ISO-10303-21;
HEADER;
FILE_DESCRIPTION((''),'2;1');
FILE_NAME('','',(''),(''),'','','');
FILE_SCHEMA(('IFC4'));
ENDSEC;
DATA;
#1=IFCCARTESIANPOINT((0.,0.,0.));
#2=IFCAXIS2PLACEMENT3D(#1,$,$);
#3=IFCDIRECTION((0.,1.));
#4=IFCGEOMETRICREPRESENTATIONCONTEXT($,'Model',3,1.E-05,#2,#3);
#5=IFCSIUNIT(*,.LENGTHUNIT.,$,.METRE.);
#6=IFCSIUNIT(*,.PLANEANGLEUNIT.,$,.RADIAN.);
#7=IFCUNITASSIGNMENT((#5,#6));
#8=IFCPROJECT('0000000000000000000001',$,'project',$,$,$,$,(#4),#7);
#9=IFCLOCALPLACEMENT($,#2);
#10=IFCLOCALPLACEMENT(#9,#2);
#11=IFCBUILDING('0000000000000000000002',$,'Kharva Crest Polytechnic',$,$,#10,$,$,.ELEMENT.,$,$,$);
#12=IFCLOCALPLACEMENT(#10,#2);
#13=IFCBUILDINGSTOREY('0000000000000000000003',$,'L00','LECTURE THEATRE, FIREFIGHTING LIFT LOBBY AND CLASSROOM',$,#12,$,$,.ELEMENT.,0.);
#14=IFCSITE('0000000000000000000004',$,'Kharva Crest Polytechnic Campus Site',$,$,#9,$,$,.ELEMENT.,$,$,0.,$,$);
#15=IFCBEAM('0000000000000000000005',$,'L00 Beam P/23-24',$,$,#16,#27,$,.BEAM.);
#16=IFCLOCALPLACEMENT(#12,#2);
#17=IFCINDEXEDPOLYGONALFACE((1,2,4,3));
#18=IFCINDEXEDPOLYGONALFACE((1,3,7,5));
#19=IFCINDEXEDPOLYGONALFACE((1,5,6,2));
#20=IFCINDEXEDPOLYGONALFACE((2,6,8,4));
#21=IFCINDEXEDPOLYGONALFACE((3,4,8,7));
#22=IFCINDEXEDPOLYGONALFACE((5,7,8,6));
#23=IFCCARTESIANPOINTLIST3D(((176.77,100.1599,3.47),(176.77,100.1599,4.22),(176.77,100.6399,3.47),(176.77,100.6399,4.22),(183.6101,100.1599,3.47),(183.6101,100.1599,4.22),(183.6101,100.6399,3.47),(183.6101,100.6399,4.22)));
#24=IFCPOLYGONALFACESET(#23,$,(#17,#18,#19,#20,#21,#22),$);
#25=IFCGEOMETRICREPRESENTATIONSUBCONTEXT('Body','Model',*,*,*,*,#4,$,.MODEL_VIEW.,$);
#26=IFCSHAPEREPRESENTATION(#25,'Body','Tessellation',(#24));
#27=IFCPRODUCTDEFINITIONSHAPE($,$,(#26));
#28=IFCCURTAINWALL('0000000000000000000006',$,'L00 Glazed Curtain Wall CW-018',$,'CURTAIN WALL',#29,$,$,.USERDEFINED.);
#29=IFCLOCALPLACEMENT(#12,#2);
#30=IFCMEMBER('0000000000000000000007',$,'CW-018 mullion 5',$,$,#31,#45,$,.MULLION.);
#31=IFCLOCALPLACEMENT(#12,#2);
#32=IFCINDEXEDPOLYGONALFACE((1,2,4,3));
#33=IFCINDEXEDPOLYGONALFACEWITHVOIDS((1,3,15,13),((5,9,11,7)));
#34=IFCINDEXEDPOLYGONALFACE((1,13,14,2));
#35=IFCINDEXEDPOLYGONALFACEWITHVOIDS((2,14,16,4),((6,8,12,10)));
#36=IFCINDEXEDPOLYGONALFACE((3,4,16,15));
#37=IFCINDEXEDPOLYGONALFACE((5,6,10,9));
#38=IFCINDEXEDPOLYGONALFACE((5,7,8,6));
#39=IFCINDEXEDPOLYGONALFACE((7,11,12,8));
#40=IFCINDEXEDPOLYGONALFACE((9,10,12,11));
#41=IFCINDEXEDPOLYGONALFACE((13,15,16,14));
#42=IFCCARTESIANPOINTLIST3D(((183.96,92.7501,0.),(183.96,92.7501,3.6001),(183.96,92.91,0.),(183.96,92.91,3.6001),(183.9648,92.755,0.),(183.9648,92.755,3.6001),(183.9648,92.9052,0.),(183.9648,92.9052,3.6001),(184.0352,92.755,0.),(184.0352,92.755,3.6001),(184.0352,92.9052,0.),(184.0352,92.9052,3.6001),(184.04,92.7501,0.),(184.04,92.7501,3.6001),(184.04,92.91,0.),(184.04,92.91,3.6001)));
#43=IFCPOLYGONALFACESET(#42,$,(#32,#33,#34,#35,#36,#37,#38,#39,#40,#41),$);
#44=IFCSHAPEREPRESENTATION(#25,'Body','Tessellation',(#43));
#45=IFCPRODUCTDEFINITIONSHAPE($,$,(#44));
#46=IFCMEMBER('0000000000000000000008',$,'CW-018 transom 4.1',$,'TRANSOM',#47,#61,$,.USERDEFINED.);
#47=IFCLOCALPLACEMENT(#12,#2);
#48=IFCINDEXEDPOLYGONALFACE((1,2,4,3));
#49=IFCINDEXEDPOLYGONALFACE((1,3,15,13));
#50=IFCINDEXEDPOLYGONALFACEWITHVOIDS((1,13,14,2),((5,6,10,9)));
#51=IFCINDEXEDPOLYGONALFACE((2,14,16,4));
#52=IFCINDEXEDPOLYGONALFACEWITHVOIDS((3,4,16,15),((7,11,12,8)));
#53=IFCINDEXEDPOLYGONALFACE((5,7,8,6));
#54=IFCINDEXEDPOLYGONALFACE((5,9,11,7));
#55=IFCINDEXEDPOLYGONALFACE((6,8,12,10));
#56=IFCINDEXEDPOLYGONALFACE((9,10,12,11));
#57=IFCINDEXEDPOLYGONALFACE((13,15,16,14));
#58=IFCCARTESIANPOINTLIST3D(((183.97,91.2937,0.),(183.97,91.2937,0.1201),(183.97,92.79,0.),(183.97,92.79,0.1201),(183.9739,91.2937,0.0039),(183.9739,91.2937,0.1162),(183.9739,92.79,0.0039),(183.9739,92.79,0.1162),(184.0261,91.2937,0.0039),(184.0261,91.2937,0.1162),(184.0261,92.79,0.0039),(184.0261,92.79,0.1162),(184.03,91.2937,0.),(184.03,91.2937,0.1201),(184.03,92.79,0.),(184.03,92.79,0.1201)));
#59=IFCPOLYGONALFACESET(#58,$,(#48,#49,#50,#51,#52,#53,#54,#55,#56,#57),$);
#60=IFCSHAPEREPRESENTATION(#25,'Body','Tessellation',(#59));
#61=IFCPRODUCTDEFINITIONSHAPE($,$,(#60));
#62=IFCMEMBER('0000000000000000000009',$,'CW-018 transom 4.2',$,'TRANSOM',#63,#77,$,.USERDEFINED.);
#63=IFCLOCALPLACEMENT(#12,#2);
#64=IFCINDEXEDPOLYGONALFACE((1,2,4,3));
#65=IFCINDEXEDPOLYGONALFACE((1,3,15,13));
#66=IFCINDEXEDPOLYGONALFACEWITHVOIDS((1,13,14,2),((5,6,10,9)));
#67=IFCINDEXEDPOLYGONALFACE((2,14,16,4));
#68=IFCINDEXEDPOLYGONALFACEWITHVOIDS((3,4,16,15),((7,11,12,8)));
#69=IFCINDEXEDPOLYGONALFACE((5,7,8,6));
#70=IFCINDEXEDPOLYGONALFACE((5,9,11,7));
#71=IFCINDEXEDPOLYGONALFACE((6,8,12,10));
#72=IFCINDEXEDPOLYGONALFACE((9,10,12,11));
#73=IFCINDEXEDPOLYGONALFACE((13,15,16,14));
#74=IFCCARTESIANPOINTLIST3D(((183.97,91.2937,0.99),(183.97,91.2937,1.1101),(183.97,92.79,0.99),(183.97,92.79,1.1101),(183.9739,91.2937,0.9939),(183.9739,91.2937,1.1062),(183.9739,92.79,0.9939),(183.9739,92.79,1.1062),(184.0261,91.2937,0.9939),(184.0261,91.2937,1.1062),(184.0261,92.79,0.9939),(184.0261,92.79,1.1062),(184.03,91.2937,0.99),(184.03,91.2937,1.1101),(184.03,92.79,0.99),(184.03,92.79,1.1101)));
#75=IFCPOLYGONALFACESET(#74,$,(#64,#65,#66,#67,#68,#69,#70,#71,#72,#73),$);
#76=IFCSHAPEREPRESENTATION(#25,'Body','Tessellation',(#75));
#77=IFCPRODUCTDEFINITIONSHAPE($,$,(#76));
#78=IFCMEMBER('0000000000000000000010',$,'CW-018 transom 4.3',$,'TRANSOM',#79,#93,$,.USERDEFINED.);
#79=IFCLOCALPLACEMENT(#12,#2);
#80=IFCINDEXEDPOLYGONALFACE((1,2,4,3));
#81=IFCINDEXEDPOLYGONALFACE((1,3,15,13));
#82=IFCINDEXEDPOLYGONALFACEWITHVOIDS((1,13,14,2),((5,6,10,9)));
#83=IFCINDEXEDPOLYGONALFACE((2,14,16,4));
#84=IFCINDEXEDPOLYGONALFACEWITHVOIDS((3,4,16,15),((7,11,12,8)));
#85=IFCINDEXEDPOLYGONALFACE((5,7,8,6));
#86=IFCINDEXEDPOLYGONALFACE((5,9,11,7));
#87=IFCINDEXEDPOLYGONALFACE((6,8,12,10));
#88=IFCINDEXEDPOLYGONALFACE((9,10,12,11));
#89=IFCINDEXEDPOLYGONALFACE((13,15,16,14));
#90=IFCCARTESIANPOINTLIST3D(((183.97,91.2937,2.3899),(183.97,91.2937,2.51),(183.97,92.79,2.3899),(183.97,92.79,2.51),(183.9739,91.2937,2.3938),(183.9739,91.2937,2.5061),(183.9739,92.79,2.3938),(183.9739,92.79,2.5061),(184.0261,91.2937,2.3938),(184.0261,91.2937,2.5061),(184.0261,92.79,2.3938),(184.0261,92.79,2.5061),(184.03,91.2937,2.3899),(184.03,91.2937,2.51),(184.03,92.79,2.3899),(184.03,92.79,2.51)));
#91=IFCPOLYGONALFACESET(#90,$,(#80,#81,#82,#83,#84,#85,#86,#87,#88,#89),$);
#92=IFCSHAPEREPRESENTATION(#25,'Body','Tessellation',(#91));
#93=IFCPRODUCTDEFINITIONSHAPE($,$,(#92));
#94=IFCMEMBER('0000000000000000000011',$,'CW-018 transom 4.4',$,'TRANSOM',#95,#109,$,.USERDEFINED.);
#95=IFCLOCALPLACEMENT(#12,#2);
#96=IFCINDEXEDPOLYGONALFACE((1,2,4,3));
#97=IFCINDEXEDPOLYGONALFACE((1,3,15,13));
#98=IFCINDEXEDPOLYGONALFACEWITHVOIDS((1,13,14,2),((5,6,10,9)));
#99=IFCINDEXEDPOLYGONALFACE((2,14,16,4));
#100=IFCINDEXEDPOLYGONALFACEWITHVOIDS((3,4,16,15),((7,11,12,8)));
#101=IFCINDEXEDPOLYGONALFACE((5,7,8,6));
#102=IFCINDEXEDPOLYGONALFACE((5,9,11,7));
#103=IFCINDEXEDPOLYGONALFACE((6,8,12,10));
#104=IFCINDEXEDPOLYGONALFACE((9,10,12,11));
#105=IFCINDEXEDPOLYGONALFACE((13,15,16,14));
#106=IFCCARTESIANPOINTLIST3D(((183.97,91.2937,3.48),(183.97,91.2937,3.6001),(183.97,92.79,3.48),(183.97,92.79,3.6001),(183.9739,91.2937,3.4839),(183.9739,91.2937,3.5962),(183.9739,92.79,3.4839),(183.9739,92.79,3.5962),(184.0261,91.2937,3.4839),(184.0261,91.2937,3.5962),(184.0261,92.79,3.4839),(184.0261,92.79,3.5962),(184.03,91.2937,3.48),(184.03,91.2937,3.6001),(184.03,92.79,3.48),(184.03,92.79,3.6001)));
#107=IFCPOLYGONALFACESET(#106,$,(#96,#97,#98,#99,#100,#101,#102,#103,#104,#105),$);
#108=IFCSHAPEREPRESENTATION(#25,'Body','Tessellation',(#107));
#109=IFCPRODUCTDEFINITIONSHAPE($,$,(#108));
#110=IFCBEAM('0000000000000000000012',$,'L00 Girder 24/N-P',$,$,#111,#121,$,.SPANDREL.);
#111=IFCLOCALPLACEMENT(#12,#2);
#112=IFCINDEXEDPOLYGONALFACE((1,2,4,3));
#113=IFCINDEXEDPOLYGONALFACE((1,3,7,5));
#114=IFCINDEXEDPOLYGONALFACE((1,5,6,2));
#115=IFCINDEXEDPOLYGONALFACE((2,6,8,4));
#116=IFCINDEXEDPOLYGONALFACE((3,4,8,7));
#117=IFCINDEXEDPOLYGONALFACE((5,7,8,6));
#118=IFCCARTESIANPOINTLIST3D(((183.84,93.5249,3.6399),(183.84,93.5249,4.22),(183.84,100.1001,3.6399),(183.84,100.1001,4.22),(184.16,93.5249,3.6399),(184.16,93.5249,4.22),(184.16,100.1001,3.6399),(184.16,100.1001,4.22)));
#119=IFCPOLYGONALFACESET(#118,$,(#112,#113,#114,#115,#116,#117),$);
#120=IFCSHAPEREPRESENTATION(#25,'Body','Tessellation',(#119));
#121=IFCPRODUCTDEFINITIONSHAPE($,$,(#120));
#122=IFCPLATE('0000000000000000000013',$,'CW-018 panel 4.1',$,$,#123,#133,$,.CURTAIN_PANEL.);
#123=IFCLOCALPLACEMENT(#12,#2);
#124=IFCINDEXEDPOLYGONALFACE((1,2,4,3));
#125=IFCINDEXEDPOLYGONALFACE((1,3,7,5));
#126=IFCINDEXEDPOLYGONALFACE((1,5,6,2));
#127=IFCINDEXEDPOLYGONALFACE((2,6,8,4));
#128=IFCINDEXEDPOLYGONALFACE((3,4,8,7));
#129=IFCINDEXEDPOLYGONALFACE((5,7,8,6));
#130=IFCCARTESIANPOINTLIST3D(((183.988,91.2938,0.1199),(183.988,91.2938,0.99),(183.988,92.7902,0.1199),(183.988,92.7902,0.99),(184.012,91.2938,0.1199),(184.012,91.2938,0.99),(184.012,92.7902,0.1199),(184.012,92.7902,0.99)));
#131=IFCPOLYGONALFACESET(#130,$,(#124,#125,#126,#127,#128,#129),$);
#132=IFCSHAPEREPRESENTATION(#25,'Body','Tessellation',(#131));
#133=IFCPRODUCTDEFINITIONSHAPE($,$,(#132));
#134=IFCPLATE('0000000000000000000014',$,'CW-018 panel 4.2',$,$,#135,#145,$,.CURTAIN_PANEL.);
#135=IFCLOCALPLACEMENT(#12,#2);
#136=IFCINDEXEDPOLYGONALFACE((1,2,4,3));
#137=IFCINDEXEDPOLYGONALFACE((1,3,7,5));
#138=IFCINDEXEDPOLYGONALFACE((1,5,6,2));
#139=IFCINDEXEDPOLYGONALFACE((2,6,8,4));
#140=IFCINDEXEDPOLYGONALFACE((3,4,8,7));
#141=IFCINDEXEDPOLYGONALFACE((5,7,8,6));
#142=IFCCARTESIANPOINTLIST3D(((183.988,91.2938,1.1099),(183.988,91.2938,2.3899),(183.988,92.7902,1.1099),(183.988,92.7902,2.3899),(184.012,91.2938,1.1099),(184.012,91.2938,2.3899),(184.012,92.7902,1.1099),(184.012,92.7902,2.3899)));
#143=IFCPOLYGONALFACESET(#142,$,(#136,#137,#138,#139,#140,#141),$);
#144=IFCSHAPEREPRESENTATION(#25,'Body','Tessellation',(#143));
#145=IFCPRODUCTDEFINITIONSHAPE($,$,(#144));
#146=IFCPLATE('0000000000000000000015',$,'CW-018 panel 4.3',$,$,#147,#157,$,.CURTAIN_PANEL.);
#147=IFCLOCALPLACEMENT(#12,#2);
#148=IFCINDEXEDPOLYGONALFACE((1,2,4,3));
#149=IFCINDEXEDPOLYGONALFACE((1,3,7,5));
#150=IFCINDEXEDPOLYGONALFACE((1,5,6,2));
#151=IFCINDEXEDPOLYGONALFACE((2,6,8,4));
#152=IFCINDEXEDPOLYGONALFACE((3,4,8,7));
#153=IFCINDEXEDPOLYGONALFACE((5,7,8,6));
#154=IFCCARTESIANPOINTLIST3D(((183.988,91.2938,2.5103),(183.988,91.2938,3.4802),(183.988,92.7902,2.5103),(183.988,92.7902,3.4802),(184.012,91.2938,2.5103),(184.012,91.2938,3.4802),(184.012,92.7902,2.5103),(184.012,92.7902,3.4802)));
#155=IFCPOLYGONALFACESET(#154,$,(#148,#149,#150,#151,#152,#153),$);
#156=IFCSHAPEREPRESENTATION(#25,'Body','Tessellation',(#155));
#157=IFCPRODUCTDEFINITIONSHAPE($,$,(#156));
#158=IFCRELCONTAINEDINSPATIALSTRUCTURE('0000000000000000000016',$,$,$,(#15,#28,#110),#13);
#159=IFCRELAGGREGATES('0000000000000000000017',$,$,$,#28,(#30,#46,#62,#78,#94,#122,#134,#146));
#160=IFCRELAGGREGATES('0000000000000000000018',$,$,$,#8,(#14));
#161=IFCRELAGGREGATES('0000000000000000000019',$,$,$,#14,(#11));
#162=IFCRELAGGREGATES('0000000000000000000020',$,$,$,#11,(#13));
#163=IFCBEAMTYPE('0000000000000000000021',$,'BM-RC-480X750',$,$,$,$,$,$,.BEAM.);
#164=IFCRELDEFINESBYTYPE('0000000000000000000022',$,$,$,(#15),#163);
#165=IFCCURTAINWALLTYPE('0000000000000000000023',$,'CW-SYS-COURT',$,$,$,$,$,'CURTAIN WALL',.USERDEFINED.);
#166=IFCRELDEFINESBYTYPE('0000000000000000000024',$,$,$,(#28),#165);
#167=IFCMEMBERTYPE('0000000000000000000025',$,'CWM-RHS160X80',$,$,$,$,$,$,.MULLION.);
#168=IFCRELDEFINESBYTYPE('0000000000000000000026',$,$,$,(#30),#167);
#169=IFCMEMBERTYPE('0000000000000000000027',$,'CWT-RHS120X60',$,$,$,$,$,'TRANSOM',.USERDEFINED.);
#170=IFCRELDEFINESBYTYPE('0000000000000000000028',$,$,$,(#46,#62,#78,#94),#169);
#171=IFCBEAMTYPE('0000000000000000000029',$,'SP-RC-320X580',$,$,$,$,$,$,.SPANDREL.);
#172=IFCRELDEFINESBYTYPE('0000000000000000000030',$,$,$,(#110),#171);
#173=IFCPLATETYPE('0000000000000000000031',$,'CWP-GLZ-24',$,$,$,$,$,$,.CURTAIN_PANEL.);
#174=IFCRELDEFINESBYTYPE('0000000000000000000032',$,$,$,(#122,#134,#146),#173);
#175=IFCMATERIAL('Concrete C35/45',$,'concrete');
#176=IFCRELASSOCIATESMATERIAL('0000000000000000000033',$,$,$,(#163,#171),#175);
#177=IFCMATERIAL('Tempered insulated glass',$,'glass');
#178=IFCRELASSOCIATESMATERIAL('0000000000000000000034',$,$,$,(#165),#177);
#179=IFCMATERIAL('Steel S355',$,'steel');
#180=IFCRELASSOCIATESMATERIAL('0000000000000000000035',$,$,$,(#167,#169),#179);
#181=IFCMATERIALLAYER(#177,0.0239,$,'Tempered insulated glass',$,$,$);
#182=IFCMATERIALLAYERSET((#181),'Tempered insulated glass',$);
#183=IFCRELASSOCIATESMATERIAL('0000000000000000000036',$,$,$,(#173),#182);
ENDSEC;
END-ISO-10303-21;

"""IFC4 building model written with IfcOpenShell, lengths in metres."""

from ifc_helpers import new_model, si_unit, direction, frame, origin, origin_2d, place, context, subcontext, project, spatial, rectangle, hollow_rectangle, extrude, material, layer, layer_set, material_profile, profile_set, type_object, element, aggregate, save


model = new_model("IFC4")

# Units and contexts
model_context = context("Model", 3, precision=1e-05, world=origin(), true_north=direction((0.0, 1.0)))
body_context = subcontext(model_context, "Body", "Model", "MODEL_VIEW")
ifc_project = project(units=[si_unit("LENGTHUNIT", "METRE"), si_unit("PLANEANGLEUNIT", "RADIAN")], contexts=[model_context])

# Site, building, storey
site_placement = place(None, origin())
site = spatial("IfcSite", under=ifc_project, at=site_placement, Name="Kharva Crest Polytechnic Campus Site", CompositionType="ELEMENT", RefElevation=0.0)
building_placement = place(site_placement, origin())
building = spatial("IfcBuilding", under=site, at=building_placement, Name="Kharva Crest Polytechnic", CompositionType="ELEMENT")
storey_placement = place(building_placement, origin())
storey = spatial("IfcBuildingStorey", under=building, at=storey_placement, Name="L00", Description="LECTURE THEATRE, FIREFIGHTING LIFT LOBBY AND CLASSROOM", CompositionType="ELEMENT", Elevation=0.0)

# Shared definitions
ifc_material_1 = material(Name="Concrete C35/45", Category="concrete")

# Beam
ifc_material_profile_1 = material_profile(ifc_material_1, rectangle(XDim=0.48, YDim=0.75, at=origin_2d()), Name="RECT 480 X 750")
ifc_profile_set_1 = profile_set([ifc_material_profile_1], Name="Concrete C35/45")
beam_type_1 = type_object("IfcBeamType", Name="BM-RC-480X750", PredefinedType="BEAM", material=ifc_profile_set_1)
beam_1_placement = place(storey_placement, frame((176.77, 100.3999, 3.845), z_axis=(1.0, 0.0, 0.0), x_axis=(0.0, 1.0, 0.0)))
element("IfcBeam", 1, at=beam_1_placement, inside=storey, type_object=beam_type_1, Name="L00 Beam P/23-24", PredefinedType="BEAM", context=body_context, shape_type="SweptSolid", body=[
    extrude(rectangle(XDim=0.48, YDim=0.75, at=origin_2d()), origin(), (0.0, 0.0, 1.0), 6.8401),
])

# Curtain wall, members
ifc_material_2 = material(Name="Tempered insulated glass", Category="glass")
curtain_wall_type = type_object("IfcCurtainWallType", Name="CW-SYS-COURT", ElementType="CURTAIN WALL", PredefinedType="USERDEFINED", material=ifc_material_2)
curtain_wall_placement = place(storey_placement, origin())
curtain_wall = element("IfcCurtainWall", 2, at=curtain_wall_placement, inside=storey, type_object=curtain_wall_type, Name="L00 Glazed Curtain Wall CW-018", ObjectType="CURTAIN WALL", PredefinedType="USERDEFINED")
ifc_material_3 = material(Name="Steel S355", Category="steel")
ifc_material_profile_2 = material_profile(ifc_material_3, hollow_rectangle(XDim=0.0801, YDim=0.1599, WallThickness=0.0049, at=origin_2d()), Name="RHS 160X80X5.0")
ifc_profile_set_2 = profile_set([ifc_material_profile_2], Name="Steel S355")
member_type_1 = type_object("IfcMemberType", Name="CWM-RHS160X80", PredefinedType="MULLION", material=ifc_profile_set_2)
member_1_placement = place(storey_placement, frame((184.0, 92.8301, 0.0), z_axis=(0.0, 0.0, 1.0), x_axis=(-1.0, 0.0, 0.0)))
member_1 = element("IfcMember", 3, at=member_1_placement, type_object=member_type_1, Name="CW-018 mullion 5", PredefinedType="MULLION", context=body_context, shape_type="SweptSolid", body=[
    extrude(hollow_rectangle(XDim=0.0801, YDim=0.1599, WallThickness=0.0049, at=origin_2d()), origin(), (0.0, 0.0, 1.0), 3.6001),
])
ifc_material_profile_3 = material_profile(ifc_material_3, hollow_rectangle(XDim=0.0601, YDim=0.1201, WallThickness=0.0039, at=origin_2d()), Name="RHS 120X60X4.0")
ifc_profile_set_3 = profile_set([ifc_material_profile_3], Name="Steel S355")
member_type_2 = type_object("IfcMemberType", Name="CWT-RHS120X60", ElementType="TRANSOM", PredefinedType="USERDEFINED", material=ifc_profile_set_3)
member_2_placement = place(storey_placement, frame((184.0, 91.2937, 0.0601), z_axis=(0.0, 1.0, 0.0), x_axis=(-1.0, 0.0, 0.0)))
member_2 = element("IfcMember", 4, at=member_2_placement, type_object=member_type_2, Name="CW-018 transom 4.1", ObjectType="TRANSOM", PredefinedType="USERDEFINED", context=body_context, shape_type="SweptSolid", body=[
    extrude(hollow_rectangle(XDim=0.0601, YDim=0.1201, WallThickness=0.0039, at=origin_2d()), origin(), (0.0, 0.0, 1.0), 1.4963),
])
member_3_placement = place(storey_placement, frame((184.0, 91.2937, 1.05), z_axis=(0.0, 1.0, 0.0), x_axis=(-1.0, 0.0, 0.0)))
member_3 = element("IfcMember", 5, at=member_3_placement, type_object=member_type_2, Name="CW-018 transom 4.2", ObjectType="TRANSOM", PredefinedType="USERDEFINED", context=body_context, shape_type="SweptSolid", body=[
    extrude(hollow_rectangle(XDim=0.0601, YDim=0.1201, WallThickness=0.0039, at=origin_2d()), origin(), (0.0, 0.0, 1.0), 1.4963),
])
member_4_placement = place(storey_placement, frame((184.0, 91.2937, 2.45), z_axis=(0.0, 1.0, 0.0), x_axis=(-1.0, 0.0, 0.0)))
member_4 = element("IfcMember", 6, at=member_4_placement, type_object=member_type_2, Name="CW-018 transom 4.3", ObjectType="TRANSOM", PredefinedType="USERDEFINED", context=body_context, shape_type="SweptSolid", body=[
    extrude(hollow_rectangle(XDim=0.0601, YDim=0.1201, WallThickness=0.0039, at=origin_2d()), origin(), (0.0, 0.0, 1.0), 1.4963),
])
member_5_placement = place(storey_placement, frame((184.0, 91.2937, 3.54), z_axis=(0.0, 1.0, 0.0), x_axis=(-1.0, 0.0, 0.0)))
member_5 = element("IfcMember", 7, at=member_5_placement, type_object=member_type_2, Name="CW-018 transom 4.4", ObjectType="TRANSOM", PredefinedType="USERDEFINED", context=body_context, shape_type="SweptSolid", body=[
    extrude(hollow_rectangle(XDim=0.0601, YDim=0.1201, WallThickness=0.0039, at=origin_2d()), origin(), (0.0, 0.0, 1.0), 1.4963),
])

# Beam
ifc_material_profile_4 = material_profile(ifc_material_1, rectangle(XDim=0.3201, YDim=0.5801, at=origin_2d()), Name="RECT 320 X 580")
ifc_profile_set_4 = profile_set([ifc_material_profile_4], Name="Concrete C35/45")
beam_type_2 = type_object("IfcBeamType", Name="SP-RC-320X580", PredefinedType="SPANDREL", material=ifc_profile_set_4)
beam_2_placement = place(storey_placement, frame((184.0, 93.5249, 3.9299), z_axis=(0.0, 1.0, 0.0), x_axis=(-1.0, 0.0, 0.0)))
element("IfcBeam", 8, at=beam_2_placement, inside=storey, type_object=beam_type_2, Name="L00 Girder 24/N-P", PredefinedType="SPANDREL", context=body_context, shape_type="SweptSolid", body=[
    extrude(rectangle(XDim=0.3201, YDim=0.5801, at=origin_2d()), origin(), (0.0, 0.0, 1.0), 6.5752),
])

# Plates
ifc_layer_1 = layer(ifc_material_2, 0.0239, Name="Tempered insulated glass")
ifc_layer_set_1 = layer_set([ifc_layer_1], Name="Tempered insulated glass")
plate_type = type_object("IfcPlateType", Name="CWP-GLZ-24", PredefinedType="CURTAIN_PANEL", material=ifc_layer_set_1)
plate_1_placement = place(storey_placement, frame((184.0, 92.042, 0.1199), z_axis=(0.0, 0.0, 1.0), x_axis=(0.0, 1.0, 0.0)))
plate_1 = element("IfcPlate", 9, at=plate_1_placement, type_object=plate_type, Name="CW-018 panel 4.1", PredefinedType="CURTAIN_PANEL", context=body_context, shape_type="SweptSolid", body=[
    extrude(rectangle(XDim=1.4963, YDim=0.0239, at=origin_2d()), origin(), (0.0, 0.0, 1.0), 0.8701),
])
plate_2_placement = place(storey_placement, frame((184.0, 92.042, 1.1099), z_axis=(0.0, 0.0, 1.0), x_axis=(0.0, 1.0, 0.0)))
plate_2 = element("IfcPlate", 10, at=plate_2_placement, type_object=plate_type, Name="CW-018 panel 4.2", PredefinedType="CURTAIN_PANEL", context=body_context, shape_type="SweptSolid", body=[
    extrude(rectangle(XDim=1.4963, YDim=0.0239, at=origin_2d()), origin(), (0.0, 0.0, 1.0), 1.28),
])
plate_3_placement = place(storey_placement, frame((184.0, 92.042, 2.5103), z_axis=(0.0, 0.0, 1.0), x_axis=(0.0, 1.0, 0.0)))
plate_3 = element("IfcPlate", 11, at=plate_3_placement, type_object=plate_type, Name="CW-018 panel 4.3", PredefinedType="CURTAIN_PANEL", context=body_context, shape_type="SweptSolid", body=[
    extrude(rectangle(XDim=1.4963, YDim=0.0239, at=origin_2d()), origin(), (0.0, 0.0, 1.0), 0.97),
])
aggregate(curtain_wall, [member_1, member_2, member_3, member_4, member_5, plate_1, plate_2, plate_3])

save(model, "model.ifc")
